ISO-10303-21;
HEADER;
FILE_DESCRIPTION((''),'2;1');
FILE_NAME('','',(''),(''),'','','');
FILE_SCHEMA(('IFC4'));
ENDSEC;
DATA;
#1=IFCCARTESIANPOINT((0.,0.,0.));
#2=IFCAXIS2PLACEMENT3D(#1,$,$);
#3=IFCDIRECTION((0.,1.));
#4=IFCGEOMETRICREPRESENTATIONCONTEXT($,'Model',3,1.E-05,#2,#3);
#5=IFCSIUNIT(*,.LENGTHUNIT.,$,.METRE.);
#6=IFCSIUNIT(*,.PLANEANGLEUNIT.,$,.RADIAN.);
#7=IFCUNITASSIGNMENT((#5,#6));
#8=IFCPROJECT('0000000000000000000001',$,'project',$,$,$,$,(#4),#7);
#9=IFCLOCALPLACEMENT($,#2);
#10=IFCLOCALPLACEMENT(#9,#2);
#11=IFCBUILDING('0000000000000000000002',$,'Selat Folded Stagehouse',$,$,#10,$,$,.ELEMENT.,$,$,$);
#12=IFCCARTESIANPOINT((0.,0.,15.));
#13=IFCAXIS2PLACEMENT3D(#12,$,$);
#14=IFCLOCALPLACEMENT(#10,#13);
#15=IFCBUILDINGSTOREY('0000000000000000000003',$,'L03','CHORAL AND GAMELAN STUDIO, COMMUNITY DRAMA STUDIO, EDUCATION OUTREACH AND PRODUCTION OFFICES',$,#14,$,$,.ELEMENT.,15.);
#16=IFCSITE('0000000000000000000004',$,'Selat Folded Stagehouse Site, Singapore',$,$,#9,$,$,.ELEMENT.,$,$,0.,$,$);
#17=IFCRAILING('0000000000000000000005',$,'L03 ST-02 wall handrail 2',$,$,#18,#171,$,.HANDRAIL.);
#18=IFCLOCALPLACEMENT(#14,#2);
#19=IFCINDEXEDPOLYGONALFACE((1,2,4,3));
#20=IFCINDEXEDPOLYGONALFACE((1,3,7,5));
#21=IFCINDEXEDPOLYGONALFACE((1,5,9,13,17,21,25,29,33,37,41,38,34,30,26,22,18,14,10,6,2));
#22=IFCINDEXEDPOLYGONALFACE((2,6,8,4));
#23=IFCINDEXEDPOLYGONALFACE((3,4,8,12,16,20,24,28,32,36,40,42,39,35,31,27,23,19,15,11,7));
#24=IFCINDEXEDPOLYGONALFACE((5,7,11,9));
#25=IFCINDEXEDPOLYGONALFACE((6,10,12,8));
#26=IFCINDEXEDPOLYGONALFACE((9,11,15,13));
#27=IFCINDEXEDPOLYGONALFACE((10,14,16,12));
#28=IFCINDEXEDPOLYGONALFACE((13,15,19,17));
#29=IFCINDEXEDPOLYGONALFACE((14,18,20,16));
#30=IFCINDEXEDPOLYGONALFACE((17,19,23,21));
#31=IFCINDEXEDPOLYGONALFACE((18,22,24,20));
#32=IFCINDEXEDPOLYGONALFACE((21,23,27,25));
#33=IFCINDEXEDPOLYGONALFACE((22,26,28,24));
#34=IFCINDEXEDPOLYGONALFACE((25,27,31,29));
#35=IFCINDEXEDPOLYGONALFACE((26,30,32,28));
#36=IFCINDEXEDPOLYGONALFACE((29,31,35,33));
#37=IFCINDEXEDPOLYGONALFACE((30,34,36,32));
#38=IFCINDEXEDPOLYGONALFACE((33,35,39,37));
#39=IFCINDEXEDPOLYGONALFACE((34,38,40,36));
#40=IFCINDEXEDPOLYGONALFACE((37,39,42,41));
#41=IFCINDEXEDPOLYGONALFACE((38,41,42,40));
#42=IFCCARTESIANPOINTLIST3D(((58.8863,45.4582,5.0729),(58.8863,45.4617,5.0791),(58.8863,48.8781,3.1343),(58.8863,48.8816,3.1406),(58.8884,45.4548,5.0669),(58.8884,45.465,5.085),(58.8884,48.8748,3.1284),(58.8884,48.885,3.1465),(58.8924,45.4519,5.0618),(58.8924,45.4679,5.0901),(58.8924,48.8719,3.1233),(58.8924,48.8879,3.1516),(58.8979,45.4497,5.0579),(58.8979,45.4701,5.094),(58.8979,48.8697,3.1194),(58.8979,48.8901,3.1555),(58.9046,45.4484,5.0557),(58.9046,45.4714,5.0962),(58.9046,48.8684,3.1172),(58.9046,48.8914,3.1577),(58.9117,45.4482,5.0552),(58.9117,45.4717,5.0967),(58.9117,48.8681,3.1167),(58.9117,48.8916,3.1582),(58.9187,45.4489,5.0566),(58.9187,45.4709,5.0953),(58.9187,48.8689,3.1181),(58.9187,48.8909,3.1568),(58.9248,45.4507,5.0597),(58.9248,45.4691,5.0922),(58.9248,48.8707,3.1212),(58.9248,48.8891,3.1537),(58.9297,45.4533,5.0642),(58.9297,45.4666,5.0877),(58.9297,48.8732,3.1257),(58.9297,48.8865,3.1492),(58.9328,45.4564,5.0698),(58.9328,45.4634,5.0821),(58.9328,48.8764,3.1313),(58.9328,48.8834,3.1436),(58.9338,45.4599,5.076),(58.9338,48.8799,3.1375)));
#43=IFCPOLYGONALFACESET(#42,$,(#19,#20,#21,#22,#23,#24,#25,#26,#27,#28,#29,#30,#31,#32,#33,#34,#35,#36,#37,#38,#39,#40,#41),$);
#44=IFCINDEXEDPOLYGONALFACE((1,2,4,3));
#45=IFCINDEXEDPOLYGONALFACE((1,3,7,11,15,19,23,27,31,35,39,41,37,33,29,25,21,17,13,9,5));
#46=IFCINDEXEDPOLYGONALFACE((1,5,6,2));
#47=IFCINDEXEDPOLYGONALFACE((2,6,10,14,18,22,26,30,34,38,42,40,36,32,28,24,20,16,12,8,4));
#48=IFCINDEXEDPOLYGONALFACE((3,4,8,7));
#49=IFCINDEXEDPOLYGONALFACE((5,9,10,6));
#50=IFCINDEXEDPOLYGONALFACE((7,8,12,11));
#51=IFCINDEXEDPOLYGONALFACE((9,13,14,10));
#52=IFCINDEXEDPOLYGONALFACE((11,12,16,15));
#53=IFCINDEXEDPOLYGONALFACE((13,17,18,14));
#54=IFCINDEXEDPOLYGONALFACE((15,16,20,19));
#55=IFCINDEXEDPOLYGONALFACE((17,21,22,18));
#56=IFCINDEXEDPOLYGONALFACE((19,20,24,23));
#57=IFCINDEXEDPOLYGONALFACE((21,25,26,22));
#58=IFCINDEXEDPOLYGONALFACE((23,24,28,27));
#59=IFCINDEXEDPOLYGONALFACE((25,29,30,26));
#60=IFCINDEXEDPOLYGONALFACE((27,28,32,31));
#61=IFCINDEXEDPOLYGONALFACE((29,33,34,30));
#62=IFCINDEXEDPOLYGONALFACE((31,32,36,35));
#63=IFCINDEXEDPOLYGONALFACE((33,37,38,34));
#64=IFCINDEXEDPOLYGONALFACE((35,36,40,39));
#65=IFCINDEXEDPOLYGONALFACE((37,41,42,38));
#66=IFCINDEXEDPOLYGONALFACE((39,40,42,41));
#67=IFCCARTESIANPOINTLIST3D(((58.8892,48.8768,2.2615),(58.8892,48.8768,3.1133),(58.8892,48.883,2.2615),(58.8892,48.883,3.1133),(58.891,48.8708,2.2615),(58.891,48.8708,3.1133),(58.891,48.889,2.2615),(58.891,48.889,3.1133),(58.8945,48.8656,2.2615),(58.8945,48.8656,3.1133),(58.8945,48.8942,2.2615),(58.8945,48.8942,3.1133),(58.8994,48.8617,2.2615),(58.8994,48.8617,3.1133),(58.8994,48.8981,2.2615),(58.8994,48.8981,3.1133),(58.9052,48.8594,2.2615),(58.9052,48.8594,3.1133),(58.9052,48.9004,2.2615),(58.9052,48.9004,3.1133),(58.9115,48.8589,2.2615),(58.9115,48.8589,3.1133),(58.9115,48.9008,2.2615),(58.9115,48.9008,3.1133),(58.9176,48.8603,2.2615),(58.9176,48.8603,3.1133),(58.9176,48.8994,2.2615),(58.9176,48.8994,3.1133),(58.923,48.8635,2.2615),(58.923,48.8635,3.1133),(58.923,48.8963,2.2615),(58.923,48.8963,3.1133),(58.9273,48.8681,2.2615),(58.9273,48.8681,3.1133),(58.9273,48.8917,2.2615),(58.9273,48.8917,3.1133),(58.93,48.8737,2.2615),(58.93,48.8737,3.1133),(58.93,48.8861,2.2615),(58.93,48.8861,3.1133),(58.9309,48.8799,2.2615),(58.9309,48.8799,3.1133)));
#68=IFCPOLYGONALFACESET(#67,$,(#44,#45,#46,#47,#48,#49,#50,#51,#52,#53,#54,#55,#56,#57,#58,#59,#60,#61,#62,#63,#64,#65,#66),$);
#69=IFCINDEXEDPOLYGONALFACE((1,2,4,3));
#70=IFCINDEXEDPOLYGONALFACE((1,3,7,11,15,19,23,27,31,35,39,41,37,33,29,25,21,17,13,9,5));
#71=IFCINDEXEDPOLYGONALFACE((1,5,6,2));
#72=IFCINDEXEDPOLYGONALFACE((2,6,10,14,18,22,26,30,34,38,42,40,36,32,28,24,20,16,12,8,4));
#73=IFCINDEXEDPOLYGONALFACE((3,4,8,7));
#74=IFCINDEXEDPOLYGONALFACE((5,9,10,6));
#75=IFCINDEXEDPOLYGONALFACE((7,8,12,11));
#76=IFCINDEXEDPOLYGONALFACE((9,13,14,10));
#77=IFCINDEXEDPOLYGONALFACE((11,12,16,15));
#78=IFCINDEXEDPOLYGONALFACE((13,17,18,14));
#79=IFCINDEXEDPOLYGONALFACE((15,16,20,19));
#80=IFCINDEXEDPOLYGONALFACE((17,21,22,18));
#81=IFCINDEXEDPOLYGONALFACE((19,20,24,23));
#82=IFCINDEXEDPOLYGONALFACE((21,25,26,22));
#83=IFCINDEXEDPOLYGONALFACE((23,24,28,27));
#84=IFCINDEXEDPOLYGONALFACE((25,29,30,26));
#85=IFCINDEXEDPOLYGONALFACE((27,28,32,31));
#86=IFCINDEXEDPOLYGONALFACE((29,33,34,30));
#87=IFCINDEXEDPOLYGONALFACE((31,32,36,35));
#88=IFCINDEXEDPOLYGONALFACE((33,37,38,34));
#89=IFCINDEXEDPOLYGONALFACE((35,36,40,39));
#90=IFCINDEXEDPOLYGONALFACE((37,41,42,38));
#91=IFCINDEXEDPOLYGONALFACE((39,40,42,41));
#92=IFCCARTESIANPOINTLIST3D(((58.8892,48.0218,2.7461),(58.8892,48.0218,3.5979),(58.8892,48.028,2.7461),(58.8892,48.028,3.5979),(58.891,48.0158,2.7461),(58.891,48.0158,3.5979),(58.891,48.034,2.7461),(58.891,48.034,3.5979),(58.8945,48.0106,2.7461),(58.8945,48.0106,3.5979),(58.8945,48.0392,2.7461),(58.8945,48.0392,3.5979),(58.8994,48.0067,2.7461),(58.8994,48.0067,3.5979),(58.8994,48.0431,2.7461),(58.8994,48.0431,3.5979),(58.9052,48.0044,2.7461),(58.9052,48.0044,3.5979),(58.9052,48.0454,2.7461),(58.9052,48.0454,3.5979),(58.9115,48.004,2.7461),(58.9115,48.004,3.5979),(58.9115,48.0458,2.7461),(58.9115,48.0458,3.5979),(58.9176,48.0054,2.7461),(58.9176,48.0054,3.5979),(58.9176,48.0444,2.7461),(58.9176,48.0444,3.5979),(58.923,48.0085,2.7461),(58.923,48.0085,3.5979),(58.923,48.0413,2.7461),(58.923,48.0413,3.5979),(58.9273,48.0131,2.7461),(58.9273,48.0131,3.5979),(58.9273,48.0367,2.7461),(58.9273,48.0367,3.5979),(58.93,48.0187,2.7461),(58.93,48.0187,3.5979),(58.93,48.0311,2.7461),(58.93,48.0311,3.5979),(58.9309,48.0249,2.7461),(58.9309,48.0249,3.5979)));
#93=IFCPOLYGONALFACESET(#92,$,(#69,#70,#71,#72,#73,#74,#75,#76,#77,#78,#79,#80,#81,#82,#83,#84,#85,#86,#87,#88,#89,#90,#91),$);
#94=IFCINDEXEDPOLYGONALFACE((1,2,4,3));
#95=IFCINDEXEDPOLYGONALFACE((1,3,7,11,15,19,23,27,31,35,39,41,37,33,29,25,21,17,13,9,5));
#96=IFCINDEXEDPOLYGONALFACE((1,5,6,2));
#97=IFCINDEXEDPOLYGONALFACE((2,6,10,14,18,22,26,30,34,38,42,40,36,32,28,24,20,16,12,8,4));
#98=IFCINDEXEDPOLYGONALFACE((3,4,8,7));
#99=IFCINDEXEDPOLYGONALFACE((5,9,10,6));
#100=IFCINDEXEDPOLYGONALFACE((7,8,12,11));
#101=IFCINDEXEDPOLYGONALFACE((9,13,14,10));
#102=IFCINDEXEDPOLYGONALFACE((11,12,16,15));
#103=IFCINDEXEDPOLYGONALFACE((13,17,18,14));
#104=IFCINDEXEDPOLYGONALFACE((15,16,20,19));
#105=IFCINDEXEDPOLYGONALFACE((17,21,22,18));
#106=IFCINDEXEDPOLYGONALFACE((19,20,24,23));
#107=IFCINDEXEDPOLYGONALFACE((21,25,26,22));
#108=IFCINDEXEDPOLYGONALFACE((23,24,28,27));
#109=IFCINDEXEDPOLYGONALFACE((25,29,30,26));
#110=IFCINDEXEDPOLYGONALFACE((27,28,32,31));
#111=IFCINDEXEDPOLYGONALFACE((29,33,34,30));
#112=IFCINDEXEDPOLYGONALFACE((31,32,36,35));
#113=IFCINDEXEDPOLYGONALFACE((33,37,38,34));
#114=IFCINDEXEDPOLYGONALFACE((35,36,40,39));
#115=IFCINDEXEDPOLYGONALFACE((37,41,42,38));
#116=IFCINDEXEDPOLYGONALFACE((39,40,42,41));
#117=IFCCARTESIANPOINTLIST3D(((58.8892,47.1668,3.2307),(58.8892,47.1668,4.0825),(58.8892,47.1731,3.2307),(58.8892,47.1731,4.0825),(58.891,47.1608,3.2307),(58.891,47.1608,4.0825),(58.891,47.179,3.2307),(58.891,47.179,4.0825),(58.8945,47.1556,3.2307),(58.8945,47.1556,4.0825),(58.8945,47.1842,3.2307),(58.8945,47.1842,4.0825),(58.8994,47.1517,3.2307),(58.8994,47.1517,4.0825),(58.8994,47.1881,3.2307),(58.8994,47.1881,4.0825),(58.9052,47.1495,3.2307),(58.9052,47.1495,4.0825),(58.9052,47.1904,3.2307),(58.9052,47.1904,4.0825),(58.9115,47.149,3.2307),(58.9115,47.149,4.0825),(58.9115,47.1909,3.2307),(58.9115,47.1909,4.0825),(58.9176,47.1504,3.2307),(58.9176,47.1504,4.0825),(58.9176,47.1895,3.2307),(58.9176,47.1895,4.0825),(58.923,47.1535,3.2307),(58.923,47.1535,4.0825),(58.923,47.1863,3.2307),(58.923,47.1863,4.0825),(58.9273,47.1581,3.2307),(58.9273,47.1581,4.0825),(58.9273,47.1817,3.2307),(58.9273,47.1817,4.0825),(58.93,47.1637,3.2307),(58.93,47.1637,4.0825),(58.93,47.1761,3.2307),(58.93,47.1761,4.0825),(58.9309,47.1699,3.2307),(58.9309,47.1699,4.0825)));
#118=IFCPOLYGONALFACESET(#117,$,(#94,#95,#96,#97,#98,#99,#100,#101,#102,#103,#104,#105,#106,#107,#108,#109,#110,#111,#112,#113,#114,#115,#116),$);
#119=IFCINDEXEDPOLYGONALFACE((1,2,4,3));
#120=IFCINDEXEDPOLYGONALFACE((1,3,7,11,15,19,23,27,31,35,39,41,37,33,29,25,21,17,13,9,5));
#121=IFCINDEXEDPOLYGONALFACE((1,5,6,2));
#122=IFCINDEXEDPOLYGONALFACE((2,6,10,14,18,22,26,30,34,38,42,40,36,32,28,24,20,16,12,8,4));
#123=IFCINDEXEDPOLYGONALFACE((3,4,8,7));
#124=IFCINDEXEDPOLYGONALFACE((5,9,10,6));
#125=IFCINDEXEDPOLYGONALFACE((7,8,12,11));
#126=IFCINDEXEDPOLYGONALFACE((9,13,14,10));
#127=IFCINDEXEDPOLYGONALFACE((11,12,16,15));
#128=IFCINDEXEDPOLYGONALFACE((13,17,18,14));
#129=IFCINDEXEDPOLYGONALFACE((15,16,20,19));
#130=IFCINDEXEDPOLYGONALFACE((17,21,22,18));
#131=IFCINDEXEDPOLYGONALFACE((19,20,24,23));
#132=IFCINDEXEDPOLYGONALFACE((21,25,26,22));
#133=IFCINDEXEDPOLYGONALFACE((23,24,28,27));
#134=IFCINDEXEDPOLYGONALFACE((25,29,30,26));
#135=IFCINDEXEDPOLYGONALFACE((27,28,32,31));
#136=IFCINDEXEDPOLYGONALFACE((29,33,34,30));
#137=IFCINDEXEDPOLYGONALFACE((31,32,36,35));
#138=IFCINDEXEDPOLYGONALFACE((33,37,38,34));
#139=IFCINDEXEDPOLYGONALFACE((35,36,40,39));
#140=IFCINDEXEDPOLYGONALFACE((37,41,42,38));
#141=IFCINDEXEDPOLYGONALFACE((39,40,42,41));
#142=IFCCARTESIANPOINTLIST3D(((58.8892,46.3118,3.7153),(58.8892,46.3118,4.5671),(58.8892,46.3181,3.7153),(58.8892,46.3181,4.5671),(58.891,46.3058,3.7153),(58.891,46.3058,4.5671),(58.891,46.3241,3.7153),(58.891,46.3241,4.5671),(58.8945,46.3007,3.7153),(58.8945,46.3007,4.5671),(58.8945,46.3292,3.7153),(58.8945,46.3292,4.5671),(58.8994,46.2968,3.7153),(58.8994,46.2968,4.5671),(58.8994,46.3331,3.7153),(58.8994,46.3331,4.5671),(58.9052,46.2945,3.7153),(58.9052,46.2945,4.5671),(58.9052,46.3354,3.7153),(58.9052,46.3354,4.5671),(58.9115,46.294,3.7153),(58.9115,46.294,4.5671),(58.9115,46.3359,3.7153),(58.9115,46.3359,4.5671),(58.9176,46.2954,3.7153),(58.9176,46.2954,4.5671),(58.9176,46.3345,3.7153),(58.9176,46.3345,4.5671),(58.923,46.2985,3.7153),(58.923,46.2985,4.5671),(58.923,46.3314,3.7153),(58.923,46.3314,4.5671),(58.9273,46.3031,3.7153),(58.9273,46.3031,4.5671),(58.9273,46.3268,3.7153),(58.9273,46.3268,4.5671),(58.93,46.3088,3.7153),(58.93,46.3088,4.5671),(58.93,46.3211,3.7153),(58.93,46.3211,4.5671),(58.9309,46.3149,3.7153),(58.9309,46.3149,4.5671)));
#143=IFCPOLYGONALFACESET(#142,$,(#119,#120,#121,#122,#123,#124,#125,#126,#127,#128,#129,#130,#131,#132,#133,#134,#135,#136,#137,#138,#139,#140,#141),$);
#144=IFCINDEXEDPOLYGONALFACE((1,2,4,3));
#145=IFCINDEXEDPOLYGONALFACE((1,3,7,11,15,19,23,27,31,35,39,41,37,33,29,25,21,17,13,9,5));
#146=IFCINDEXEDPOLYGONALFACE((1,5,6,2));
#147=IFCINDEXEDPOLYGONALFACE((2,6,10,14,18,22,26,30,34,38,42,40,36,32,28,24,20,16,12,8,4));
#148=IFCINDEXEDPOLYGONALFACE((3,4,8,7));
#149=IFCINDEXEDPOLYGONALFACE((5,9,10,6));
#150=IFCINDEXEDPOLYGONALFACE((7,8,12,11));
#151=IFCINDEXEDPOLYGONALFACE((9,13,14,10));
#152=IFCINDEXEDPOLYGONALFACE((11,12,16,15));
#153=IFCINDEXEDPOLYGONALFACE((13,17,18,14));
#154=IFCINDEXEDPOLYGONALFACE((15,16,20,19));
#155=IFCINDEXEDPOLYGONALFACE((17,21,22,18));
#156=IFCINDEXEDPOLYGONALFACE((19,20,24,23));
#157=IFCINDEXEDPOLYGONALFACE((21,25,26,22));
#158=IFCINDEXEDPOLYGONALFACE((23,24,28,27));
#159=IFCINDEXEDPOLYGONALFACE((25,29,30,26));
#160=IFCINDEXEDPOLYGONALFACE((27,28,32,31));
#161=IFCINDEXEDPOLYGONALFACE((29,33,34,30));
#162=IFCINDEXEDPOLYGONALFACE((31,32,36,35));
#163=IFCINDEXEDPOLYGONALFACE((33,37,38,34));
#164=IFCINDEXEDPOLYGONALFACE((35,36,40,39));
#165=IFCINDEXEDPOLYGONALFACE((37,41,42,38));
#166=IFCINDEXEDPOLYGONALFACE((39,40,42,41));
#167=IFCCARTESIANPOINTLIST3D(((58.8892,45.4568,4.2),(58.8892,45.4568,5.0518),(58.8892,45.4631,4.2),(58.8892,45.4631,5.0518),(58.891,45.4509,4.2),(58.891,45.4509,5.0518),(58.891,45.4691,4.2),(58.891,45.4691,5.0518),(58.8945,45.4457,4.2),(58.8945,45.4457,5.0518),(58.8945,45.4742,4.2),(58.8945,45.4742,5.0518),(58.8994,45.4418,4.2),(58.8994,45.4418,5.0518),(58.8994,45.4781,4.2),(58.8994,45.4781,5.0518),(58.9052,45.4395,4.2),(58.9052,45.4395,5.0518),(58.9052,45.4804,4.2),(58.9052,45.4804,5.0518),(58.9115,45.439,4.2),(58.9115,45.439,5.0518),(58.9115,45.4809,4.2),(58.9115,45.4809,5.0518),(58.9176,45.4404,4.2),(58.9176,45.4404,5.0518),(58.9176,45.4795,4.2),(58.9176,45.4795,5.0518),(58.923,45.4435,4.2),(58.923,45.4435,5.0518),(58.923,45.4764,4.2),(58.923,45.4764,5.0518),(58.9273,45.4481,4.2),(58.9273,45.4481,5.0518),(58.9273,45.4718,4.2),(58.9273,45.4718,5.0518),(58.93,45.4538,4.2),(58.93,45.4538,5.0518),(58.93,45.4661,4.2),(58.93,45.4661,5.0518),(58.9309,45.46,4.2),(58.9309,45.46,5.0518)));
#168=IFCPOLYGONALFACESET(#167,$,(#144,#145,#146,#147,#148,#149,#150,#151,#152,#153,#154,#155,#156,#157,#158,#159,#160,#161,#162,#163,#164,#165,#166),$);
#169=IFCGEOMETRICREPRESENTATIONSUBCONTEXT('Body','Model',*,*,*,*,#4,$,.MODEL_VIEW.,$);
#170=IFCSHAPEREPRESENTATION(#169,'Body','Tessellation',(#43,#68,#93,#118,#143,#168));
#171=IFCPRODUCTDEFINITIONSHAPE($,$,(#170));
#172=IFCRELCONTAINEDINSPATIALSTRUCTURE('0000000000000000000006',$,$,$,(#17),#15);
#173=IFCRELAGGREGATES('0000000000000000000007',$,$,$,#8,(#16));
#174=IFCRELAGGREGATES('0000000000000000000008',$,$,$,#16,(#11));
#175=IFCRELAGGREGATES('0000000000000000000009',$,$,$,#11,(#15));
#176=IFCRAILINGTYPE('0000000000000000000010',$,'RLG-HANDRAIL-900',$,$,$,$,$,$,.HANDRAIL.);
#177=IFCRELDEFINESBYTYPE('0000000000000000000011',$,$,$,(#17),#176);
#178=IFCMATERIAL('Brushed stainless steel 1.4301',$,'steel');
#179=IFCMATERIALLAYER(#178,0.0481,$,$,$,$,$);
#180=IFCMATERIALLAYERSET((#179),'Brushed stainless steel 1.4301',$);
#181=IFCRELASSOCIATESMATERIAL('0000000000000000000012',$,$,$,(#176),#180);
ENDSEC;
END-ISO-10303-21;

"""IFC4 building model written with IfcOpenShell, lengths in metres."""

from ifc_helpers import new_model, si_unit, direction, frame, origin, origin_2d, place, context, subcontext, project, spatial, circle, extrude, material, layer, layer_set, type_object, element, save


model = new_model("IFC4")

# Units and contexts
model_context = context("Model", 3, precision=1e-05, world=origin(), true_north=direction((0.0, 1.0)))
body_context = subcontext(model_context, "Body", "Model", "MODEL_VIEW")
ifc_project = project(units=[si_unit("LENGTHUNIT", "METRE"), si_unit("PLANEANGLEUNIT", "RADIAN")], contexts=[model_context])

# Site, building, storey
site_placement = place(None, origin())
site = spatial("IfcSite", under=ifc_project, at=site_placement, Name="Selat Folded Stagehouse Site, Singapore", CompositionType="ELEMENT", RefElevation=0.0)
building_placement = place(site_placement, origin())
building = spatial("IfcBuilding", under=site, at=building_placement, Name="Selat Folded Stagehouse", CompositionType="ELEMENT")
storey_placement = place(building_placement, frame((0.0, 0.0, 15.0)))
storey = spatial("IfcBuildingStorey", under=building, at=storey_placement, Name="L03", Description="CHORAL AND GAMELAN STUDIO, COMMUNITY DRAMA STUDIO, EDUCATION OUTREACH AND PRODUCTION OFFICES", CompositionType="ELEMENT", Elevation=15.0)

# Railing
ifc_material_1 = material(Name="Brushed stainless steel 1.4301", Category="steel")
ifc_layer_1 = layer(ifc_material_1, 0.0481)
ifc_layer_set_1 = layer_set([ifc_layer_1], Name="Brushed stainless steel 1.4301")
railing_type_1 = type_object("IfcRailingType", Name="RLG-HANDRAIL-900", PredefinedType="HANDRAIL", material=ifc_layer_set_1)
railing_1_placement = place(storey_placement, frame((58.9099, 48.8799, 2.2615)))
element("IfcRailing", 1, at=railing_1_placement, inside=storey, type_object=railing_type_1, Name="L03 ST-02 wall handrail 2", PredefinedType="HANDRAIL", context=body_context, shape_type="SweptSolid", body=[
    extrude(circle(Radius=0.0239, at=origin_2d()), frame((0.0, 0.0, 0.876), z_axis=(0.0, -0.869965, 0.493113), x_axis=(1.0, 0.0, 0.0)), (0.0, 0.0, 1.0), 3.9312),
    extrude(circle(Radius=0.021, at=origin_2d()), origin(), (0.0, 0.0, 1.0), 0.8518),
    extrude(circle(Radius=0.021, at=origin_2d()), frame((0.0, -0.855, 0.4846)), (0.0, 0.0, 1.0), 0.8518),
    extrude(circle(Radius=0.021, at=origin_2d()), frame((0.0, -1.71, 0.9692)), (0.0, 0.0, 1.0), 0.8518),
    extrude(circle(Radius=0.021, at=origin_2d()), frame((0.0, -2.5649, 1.4539)), (0.0, 0.0, 1.0), 0.8518),
    extrude(circle(Radius=0.021, at=origin_2d()), frame((0.0, -3.4199, 1.9385)), (0.0, 0.0, 1.0), 0.8518),
])

save(model, "model.ifc")
